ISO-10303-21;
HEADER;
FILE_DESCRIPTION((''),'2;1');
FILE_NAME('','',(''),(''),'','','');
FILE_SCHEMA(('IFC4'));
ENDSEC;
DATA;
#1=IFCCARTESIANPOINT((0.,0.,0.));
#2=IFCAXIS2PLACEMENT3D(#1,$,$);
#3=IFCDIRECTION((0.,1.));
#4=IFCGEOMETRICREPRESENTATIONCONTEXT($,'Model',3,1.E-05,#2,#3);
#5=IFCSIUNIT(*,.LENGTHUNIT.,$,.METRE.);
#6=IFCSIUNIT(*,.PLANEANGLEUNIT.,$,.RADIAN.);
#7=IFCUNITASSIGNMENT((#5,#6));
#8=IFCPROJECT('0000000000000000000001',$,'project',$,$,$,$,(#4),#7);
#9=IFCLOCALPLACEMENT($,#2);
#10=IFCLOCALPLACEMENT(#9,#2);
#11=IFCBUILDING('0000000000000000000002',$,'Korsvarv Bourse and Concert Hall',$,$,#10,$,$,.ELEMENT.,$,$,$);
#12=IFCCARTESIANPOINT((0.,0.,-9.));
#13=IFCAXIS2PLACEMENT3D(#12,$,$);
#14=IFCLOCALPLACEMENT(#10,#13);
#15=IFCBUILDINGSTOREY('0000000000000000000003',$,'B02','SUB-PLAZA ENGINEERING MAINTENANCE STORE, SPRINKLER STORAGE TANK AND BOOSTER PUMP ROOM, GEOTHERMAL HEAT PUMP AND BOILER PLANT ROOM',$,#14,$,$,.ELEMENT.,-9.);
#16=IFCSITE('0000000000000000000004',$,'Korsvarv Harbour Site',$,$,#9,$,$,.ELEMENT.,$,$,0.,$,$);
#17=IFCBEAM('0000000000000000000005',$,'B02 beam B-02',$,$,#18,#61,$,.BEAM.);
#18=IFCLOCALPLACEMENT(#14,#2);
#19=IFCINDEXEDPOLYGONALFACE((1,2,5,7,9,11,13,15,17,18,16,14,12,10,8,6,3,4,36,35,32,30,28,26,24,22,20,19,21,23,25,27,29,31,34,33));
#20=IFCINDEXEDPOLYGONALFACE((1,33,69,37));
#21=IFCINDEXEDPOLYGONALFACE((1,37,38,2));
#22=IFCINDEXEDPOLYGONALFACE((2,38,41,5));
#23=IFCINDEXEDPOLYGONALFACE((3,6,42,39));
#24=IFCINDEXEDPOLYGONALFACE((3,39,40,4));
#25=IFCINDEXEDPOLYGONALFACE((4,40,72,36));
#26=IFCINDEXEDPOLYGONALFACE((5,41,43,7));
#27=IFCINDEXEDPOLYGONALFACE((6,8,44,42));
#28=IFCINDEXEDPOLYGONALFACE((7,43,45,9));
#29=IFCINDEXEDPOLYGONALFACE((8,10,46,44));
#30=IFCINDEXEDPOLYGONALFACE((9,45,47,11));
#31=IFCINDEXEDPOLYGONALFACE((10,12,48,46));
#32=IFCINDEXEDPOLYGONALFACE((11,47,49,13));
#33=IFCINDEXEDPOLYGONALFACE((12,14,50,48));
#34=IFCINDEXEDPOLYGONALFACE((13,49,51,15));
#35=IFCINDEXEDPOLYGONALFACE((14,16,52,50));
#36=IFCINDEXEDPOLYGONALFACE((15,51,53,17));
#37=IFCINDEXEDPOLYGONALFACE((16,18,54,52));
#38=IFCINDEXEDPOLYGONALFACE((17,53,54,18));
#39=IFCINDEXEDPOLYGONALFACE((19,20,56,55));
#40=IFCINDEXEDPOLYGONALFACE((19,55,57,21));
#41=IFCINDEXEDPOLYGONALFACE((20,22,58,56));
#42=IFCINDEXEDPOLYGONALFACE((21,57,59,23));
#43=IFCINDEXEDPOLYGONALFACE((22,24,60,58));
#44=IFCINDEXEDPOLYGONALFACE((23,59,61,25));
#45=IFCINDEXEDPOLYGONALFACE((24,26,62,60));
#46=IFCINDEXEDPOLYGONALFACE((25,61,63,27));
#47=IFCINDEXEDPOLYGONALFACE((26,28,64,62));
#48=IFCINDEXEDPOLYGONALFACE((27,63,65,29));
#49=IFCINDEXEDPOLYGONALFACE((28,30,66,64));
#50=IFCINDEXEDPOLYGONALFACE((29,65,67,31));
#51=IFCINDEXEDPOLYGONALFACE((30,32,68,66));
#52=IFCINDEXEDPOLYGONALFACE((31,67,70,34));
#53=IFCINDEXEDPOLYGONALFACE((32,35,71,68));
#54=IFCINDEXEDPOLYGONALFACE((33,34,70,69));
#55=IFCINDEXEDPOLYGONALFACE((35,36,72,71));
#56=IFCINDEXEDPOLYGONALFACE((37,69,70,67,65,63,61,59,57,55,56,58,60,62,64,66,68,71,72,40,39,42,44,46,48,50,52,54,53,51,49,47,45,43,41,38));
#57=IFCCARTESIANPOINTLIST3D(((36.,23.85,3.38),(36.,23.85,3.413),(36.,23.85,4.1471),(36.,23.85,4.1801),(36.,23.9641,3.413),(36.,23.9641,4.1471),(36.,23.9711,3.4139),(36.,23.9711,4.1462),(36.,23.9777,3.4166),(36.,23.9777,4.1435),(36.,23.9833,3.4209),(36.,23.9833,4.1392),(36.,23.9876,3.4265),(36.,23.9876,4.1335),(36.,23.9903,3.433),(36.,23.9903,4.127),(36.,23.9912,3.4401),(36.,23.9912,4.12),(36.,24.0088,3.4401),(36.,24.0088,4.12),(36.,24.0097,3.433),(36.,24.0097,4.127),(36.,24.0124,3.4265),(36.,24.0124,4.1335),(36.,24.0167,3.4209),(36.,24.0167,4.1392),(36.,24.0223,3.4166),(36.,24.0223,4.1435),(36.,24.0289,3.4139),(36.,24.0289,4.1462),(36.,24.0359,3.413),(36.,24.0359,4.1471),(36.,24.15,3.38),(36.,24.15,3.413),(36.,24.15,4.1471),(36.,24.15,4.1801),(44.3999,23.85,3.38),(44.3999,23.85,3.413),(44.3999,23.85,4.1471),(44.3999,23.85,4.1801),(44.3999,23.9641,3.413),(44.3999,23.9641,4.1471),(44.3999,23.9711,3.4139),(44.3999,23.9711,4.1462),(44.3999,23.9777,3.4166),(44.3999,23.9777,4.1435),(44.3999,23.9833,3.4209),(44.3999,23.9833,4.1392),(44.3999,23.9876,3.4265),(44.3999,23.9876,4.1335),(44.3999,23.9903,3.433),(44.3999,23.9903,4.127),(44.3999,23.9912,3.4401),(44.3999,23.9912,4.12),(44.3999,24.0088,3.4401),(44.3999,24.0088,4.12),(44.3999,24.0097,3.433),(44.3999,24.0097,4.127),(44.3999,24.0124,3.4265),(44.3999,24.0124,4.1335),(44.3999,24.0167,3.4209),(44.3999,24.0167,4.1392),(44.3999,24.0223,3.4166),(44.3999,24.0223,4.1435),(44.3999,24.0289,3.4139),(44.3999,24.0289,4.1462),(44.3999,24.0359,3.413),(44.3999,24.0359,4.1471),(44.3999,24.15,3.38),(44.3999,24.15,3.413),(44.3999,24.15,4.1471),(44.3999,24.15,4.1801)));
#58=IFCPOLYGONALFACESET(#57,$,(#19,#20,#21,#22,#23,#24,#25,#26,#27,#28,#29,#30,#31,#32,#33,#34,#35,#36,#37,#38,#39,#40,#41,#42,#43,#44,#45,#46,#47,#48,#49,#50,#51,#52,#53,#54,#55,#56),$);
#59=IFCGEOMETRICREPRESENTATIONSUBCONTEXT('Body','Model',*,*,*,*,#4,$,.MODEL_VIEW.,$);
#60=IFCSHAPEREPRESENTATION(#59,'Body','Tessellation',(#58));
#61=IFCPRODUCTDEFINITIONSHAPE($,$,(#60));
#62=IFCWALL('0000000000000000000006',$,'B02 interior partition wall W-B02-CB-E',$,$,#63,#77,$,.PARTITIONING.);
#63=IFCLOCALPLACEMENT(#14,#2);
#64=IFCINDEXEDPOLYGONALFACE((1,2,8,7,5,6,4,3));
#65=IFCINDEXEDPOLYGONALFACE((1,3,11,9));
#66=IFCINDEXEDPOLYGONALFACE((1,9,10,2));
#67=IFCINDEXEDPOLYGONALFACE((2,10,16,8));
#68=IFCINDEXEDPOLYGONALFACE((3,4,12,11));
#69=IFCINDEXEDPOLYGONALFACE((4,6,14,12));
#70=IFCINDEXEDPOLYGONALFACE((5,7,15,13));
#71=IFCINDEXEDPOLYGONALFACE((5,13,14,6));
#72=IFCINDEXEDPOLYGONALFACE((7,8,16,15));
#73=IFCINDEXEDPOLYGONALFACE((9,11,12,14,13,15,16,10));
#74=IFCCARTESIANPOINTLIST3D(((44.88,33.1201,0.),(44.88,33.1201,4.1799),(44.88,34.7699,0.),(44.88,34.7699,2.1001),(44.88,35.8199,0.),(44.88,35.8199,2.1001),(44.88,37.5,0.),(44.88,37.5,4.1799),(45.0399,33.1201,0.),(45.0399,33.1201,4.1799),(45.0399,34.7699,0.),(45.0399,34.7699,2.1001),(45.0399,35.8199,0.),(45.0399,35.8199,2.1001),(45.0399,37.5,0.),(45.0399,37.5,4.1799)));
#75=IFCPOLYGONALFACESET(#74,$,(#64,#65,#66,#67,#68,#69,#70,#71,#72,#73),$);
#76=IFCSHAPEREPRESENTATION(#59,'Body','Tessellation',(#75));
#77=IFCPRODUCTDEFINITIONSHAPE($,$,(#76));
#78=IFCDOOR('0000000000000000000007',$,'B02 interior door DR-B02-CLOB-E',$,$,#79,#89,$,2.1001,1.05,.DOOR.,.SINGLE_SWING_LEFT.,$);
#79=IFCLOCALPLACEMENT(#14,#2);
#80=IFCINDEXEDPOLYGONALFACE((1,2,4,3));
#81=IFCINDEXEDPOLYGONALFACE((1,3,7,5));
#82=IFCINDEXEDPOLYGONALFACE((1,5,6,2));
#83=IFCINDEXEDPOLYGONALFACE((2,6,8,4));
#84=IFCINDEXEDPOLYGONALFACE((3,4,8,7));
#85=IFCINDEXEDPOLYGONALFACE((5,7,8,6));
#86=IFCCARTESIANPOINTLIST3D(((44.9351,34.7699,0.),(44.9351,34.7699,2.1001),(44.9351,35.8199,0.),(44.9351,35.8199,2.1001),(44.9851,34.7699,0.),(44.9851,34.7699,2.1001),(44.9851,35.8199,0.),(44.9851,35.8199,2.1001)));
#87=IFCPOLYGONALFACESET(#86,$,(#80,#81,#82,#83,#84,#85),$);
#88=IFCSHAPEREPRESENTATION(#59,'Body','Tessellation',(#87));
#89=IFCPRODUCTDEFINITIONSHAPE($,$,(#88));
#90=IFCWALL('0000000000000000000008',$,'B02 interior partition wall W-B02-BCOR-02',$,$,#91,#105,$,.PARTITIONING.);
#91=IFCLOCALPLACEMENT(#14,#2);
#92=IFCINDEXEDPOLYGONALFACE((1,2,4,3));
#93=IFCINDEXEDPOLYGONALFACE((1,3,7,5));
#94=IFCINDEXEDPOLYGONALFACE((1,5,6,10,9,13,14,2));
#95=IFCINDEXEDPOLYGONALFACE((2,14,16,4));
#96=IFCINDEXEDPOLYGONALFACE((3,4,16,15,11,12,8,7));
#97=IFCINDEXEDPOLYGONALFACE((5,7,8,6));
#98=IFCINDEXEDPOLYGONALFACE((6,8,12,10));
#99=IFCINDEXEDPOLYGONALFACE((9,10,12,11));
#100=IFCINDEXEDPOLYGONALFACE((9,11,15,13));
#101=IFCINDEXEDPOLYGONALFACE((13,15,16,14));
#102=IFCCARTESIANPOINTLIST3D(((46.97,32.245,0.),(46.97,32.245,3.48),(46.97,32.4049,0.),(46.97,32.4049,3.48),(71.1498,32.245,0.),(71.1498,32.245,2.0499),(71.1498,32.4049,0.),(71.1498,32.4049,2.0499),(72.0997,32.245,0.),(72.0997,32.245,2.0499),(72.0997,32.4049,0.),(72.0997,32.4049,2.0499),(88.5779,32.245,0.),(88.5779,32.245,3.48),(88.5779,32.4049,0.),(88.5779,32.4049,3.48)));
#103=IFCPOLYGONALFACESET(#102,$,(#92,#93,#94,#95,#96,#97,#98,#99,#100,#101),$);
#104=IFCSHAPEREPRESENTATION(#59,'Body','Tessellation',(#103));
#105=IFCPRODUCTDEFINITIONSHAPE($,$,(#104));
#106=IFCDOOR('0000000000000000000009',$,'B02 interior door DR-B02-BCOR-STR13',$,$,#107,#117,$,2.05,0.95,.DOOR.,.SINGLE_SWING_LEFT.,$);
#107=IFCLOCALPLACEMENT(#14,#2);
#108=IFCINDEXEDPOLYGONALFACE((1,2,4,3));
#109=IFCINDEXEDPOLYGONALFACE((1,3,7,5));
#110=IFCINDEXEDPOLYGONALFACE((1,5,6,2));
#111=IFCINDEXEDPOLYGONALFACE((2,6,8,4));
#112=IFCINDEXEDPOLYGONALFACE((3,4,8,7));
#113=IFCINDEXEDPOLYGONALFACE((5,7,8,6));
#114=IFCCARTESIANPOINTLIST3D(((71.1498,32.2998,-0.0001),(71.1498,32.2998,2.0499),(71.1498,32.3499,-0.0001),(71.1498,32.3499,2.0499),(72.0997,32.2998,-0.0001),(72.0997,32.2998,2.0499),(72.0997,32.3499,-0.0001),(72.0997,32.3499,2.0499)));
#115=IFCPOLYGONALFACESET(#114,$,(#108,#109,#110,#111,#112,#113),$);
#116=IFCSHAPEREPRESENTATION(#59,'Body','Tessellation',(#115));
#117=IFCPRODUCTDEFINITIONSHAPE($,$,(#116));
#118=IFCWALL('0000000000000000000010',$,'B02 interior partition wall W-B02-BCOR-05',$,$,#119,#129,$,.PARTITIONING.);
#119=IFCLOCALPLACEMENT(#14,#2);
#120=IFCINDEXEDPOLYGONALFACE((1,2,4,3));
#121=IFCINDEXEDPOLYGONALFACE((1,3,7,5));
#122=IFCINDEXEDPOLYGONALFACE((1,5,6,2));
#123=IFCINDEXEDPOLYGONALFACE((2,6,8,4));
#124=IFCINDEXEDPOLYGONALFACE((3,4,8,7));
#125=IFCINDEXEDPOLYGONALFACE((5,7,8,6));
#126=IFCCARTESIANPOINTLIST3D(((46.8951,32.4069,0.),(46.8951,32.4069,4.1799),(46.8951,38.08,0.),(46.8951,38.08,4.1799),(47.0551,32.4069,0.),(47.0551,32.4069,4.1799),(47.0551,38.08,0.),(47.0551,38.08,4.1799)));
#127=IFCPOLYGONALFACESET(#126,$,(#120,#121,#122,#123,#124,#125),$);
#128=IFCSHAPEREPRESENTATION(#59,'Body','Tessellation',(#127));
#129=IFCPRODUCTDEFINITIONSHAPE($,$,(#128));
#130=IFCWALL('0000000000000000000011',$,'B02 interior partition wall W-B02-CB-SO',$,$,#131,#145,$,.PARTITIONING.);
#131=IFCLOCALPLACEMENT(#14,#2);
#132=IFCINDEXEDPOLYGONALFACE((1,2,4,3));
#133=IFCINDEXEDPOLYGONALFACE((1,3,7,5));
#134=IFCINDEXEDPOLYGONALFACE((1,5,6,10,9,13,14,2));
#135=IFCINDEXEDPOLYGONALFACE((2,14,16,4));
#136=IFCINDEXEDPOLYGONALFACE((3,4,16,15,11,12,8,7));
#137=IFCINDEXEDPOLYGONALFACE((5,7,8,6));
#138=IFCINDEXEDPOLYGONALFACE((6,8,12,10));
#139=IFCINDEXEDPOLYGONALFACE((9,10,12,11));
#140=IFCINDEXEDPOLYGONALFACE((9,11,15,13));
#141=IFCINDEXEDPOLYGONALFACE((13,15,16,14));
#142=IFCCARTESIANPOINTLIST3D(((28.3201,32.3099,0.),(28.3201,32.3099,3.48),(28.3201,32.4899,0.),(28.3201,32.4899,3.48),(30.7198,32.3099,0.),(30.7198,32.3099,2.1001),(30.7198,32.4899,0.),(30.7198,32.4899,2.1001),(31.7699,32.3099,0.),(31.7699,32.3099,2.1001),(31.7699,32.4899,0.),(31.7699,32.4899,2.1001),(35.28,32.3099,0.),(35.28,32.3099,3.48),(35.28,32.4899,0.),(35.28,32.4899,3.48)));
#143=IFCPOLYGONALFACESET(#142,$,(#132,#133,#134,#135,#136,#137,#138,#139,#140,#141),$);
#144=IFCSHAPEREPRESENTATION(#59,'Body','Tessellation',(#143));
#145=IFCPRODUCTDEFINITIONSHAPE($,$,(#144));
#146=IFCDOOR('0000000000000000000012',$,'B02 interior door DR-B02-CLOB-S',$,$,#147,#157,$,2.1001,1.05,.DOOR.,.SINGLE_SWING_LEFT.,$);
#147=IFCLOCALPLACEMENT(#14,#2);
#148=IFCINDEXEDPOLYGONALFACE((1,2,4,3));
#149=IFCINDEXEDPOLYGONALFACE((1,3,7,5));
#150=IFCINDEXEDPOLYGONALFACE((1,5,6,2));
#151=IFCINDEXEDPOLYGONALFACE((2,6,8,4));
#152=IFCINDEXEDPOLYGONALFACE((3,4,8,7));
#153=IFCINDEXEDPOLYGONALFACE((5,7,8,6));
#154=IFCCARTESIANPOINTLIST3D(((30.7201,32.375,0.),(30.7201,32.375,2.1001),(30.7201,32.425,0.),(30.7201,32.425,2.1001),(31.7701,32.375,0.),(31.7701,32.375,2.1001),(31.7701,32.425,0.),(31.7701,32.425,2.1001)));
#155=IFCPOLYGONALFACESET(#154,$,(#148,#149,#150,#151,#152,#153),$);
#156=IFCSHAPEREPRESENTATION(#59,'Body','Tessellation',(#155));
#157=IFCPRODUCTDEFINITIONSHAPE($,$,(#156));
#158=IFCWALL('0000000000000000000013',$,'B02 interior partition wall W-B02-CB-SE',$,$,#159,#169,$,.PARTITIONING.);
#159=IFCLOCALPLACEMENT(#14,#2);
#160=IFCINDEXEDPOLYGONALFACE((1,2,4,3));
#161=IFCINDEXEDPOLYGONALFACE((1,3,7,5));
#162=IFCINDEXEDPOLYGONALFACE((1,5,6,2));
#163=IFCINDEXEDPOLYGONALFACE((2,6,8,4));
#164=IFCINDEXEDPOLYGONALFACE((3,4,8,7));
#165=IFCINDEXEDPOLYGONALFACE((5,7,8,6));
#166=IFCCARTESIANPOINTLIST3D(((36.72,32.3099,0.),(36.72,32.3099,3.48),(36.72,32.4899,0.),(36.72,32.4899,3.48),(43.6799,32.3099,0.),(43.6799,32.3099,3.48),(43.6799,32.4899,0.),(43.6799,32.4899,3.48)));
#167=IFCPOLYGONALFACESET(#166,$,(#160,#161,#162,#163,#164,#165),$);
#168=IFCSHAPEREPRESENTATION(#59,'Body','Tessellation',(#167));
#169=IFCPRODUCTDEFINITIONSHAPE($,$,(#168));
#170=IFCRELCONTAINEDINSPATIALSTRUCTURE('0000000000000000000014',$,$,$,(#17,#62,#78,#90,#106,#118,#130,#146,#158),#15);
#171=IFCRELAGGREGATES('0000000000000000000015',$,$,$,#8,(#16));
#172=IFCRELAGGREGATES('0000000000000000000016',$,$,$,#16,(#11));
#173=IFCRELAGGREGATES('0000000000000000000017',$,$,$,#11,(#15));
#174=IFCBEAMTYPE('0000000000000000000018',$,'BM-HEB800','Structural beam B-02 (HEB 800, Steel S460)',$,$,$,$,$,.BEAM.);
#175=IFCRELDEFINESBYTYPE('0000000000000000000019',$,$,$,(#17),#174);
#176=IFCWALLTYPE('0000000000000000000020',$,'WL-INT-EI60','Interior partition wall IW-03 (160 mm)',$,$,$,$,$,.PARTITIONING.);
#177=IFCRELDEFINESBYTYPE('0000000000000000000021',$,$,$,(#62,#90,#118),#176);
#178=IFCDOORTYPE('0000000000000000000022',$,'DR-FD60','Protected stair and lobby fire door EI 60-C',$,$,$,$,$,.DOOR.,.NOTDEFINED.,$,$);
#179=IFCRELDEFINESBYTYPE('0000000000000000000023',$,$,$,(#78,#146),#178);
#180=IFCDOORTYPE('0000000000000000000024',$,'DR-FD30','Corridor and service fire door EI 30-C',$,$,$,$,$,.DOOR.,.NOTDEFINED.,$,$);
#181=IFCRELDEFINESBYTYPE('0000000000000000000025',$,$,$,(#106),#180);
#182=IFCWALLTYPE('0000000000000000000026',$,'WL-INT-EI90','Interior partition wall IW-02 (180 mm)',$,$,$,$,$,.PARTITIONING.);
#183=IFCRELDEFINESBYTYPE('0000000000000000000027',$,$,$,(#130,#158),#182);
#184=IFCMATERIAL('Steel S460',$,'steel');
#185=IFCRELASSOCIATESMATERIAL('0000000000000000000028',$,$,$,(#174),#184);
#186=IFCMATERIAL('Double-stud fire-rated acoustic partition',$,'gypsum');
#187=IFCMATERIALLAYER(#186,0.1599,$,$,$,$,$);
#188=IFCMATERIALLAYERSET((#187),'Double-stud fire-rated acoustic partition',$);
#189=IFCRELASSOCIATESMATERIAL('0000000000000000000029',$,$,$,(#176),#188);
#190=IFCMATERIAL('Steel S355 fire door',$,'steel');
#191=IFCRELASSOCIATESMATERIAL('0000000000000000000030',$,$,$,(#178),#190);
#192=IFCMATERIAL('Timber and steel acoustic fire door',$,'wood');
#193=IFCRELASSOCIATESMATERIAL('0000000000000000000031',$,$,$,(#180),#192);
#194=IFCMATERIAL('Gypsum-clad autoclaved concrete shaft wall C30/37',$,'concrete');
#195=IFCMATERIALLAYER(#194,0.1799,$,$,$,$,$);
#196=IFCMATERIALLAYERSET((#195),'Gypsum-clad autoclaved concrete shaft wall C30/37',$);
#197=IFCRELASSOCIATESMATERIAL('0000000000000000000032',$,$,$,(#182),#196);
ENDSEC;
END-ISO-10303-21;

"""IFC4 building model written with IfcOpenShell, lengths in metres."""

from ifc_helpers import new_model, si_unit, direction, frame, frame_2d, origin, origin_2d, place, context, subcontext, project, spatial, rectangle, i_section, extrude, source, transform, mapped, material, layer, layer_set, material_profile, profile_set, type_object, element, fill, save


model = new_model("IFC4")

# Units and contexts
model_context = context("Model", 3, precision=1e-05, world=origin(), true_north=direction((0.0, 1.0)))
body_context = subcontext(model_context, "Body", "Model", "MODEL_VIEW")
ifc_project = project(units=[si_unit("LENGTHUNIT", "METRE"), si_unit("PLANEANGLEUNIT", "RADIAN")], contexts=[model_context])

# Site, building, storey
site_placement = place(None, origin())
site = spatial("IfcSite", under=ifc_project, at=site_placement, Name="Korsvarv Harbour Site", CompositionType="ELEMENT", RefElevation=0.0)
building_placement = place(site_placement, origin())
building = spatial("IfcBuilding", under=site, at=building_placement, Name="Korsvarv Bourse and Concert Hall", CompositionType="ELEMENT")
storey_placement = place(building_placement, frame((0.0, 0.0, -9.0)))
storey = spatial("IfcBuildingStorey", under=building, at=storey_placement, Name="B02", Description="SUB-PLAZA ENGINEERING MAINTENANCE STORE, SPRINKLER STORAGE TANK AND BOOSTER PUMP ROOM, GEOTHERMAL HEAT PUMP AND BOILER PLANT ROOM", CompositionType="ELEMENT", Elevation=-9.0)

# Shared definitions
ifc_material_1 = material(Name="Steel S460", Category="steel")

# Beam
ifc_material_profile_1 = material_profile(ifc_material_1, i_section(OverallWidth=0.3, OverallDepth=0.8, WebThickness=0.0176, FlangeThickness=0.033, FilletRadius=0.0271, at=origin_2d()), Name="HEB 800")
ifc_profile_set_1 = profile_set([ifc_material_profile_1], Name="Steel S460")
beam_type_1 = type_object("IfcBeamType", Name="BM-HEB800", Description="Structural beam B-02 (HEB 800, Steel S460)", PredefinedType="BEAM", material=ifc_profile_set_1)
shared_shape_1 = source(origin(), body_context, "Body", "SweptSolid", [
    extrude(i_section(OverallWidth=0.3, OverallDepth=0.8, WebThickness=0.0176, FlangeThickness=0.033, FilletRadius=0.0271, at=origin_2d()), origin(), (0.0, 0.0, 1.0), 8.3999),
])
beam_1_placement = place(storey_placement, frame((36.0, 24.0, 3.78), z_axis=(1.0, 0.0, 0.0), x_axis=(0.0, 1.0, 0.0)))
element("IfcBeam", 1, at=beam_1_placement, inside=storey, type_object=beam_type_1, Name="B02 beam B-02", PredefinedType="BEAM", context=body_context, shape_type="MappedRepresentation", body=[
    mapped(shared_shape_1, transform((0.0, 0.0, 0.0), scale=1.0)),
])

# Walls, openings, doors
ifc_material_2 = material(Name="Double-stud fire-rated acoustic partition", Category="gypsum")
ifc_layer_1 = layer(ifc_material_2, 0.1599)
ifc_layer_set_1 = layer_set([ifc_layer_1], Name="Double-stud fire-rated acoustic partition")
wall_type_1 = type_object("IfcWallType", Name="WL-INT-EI60", Description="Interior partition wall IW-03 (160 mm)", PredefinedType="PARTITIONING", material=ifc_layer_set_1)
wall_1_placement = place(storey_placement, frame((44.96, 33.1201, 0.0), z_axis=(0.0, 0.0, 1.0), x_axis=(0.0, 1.0, 0.0)))
wall_1 = element("IfcWall", 2, at=wall_1_placement, inside=storey, type_object=wall_type_1, Name="B02 interior partition wall W-B02-CB-E", PredefinedType="PARTITIONING", context=body_context, shape_type="SweptSolid", body=[
    extrude(rectangle(XDim=4.3799, YDim=0.1599, at=frame_2d((2.1899, 0.0))), origin(), (0.0, 0.0, 1.0), 4.1799),
])
opening_1_placement = place(wall_1_placement, frame((1.6499, 0.0, 0.0)))
opening_1 = element("IfcOpeningElement", 3, at=opening_1_placement, cuts=wall_1, PredefinedType="OPENING", context=body_context, shape_type="SweptSolid", body=[
    extrude(rectangle(XDim=1.05, YDim=2.1001, at=frame_2d((0.5249, 1.05))), frame((0.0, 0.0898, 0.0), z_axis=(0.0, -1.0, 0.0), x_axis=(1.0, 0.0, 0.0)), (0.0, 0.0, 1.0), 0.1799),
])
ifc_material_3 = material(Name="Steel S355 fire door", Category="steel")
door_type_1 = type_object("IfcDoorType", Name="DR-FD60", Description="Protected stair and lobby fire door EI 60-C", OperationType="NOTDEFINED", PredefinedType="DOOR", material=ifc_material_3)
door_1_placement = place(opening_1_placement, origin())
door_1 = element("IfcDoor", 4, at=door_1_placement, inside=storey, type_object=door_type_1, Name="B02 interior door DR-B02-CLOB-E", OperationType="SINGLE_SWING_LEFT", OverallHeight=2.1001, OverallWidth=1.05, PredefinedType="DOOR", context=body_context, shape_type="SweptSolid", body=[
    extrude(rectangle(XDim=1.05, YDim=2.1001, at=frame_2d((0.5249, 1.05))), frame((0.0, 0.0249, 0.0), z_axis=(0.0, -1.0, 0.0), x_axis=(1.0, 0.0, 0.0)), (0.0, 0.0, 1.0), 0.05),
])
fill(opening_1, door_1)
wall_2_placement = place(storey_placement, frame((46.97, 32.325, 0.0), z_axis=(0.0, 0.0, 1.0), x_axis=(1.0, 0.0, 0.0)))
wall_2 = element("IfcWall", 5, at=wall_2_placement, inside=storey, type_object=wall_type_1, Name="B02 interior partition wall W-B02-BCOR-02", PredefinedType="PARTITIONING", context=body_context, shape_type="SweptSolid", body=[
    extrude(rectangle(XDim=41.6079, YDim=0.1599, at=frame_2d((20.804, 0.0))), origin(), (0.0, 0.0, 1.0), 3.48),
])
opening_2_placement = place(wall_2_placement, frame((24.1797, 0.0, 0.0)))
opening_2 = element("IfcOpeningElement", 6, at=opening_2_placement, cuts=wall_2, PredefinedType="OPENING", context=body_context, shape_type="SweptSolid", body=[
    extrude(rectangle(XDim=0.95, YDim=2.05, at=frame_2d((0.4751, 1.0249))), frame((0.0, 0.0898, 0.0), z_axis=(0.0, -1.0, 0.0), x_axis=(1.0, 0.0, 0.0)), (0.0, 0.0, 1.0), 0.1799),
])
ifc_material_4 = material(Name="Timber and steel acoustic fire door", Category="wood")
door_type_2 = type_object("IfcDoorType", Name="DR-FD30", Description="Corridor and service fire door EI 30-C", OperationType="NOTDEFINED", PredefinedType="DOOR", material=ifc_material_4)
door_2_placement = place(opening_2_placement, origin())
door_2 = element("IfcDoor", 7, at=door_2_placement, inside=storey, type_object=door_type_2, Name="B02 interior door DR-B02-BCOR-STR13", OperationType="SINGLE_SWING_LEFT", OverallHeight=2.05, OverallWidth=0.95, PredefinedType="DOOR", context=body_context, shape_type="SweptSolid", body=[
    extrude(rectangle(XDim=0.95, YDim=2.05, at=frame_2d((0.4751, 1.0249))), frame((0.0, 0.0249, 0.0), z_axis=(0.0, -1.0, 0.0), x_axis=(1.0, 0.0, 0.0)), (0.0, 0.0, 1.0), 0.05),
])
fill(opening_2, door_2)

# Wall
wall_3_placement = place(storey_placement, frame((46.9751, 32.407, 0.0), z_axis=(0.0, 0.0, 1.0), x_axis=(0.0, 1.0, 0.0)))
element("IfcWall", 8, at=wall_3_placement, inside=storey, type_object=wall_type_1, Name="B02 interior partition wall W-B02-BCOR-05", PredefinedType="PARTITIONING", context=body_context, shape_type="SweptSolid", body=[
    extrude(rectangle(XDim=5.6731, YDim=0.1599, at=frame_2d((2.8364, 0.0))), origin(), (0.0, 0.0, 1.0), 4.1799),
])

# Wall, opening, door
ifc_material_5 = material(Name="Gypsum-clad autoclaved concrete shaft wall C30/37", Category="concrete")
ifc_layer_2 = layer(ifc_material_5, 0.1799)
ifc_layer_set_2 = layer_set([ifc_layer_2], Name="Gypsum-clad autoclaved concrete shaft wall C30/37")
wall_type_2 = type_object("IfcWallType", Name="WL-INT-EI90", Description="Interior partition wall IW-02 (180 mm)", PredefinedType="PARTITIONING", material=ifc_layer_set_2)
wall_4_placement = place(storey_placement, frame((28.3201, 32.3999, 0.0), z_axis=(0.0, 0.0, 1.0), x_axis=(1.0, 0.0, 0.0)))
wall_4 = element("IfcWall", 9, at=wall_4_placement, inside=storey, type_object=wall_type_2, Name="B02 interior partition wall W-B02-CB-SO", PredefinedType="PARTITIONING", context=body_context, shape_type="SweptSolid", body=[
    extrude(rectangle(XDim=6.96, YDim=0.1799, at=frame_2d((3.48, 0.0))), origin(), (0.0, 0.0, 1.0), 3.48),
])
opening_3_placement = place(wall_4_placement, frame((2.3999, 0.0, 0.0)))
opening_3 = element("IfcOpeningElement", 10, at=opening_3_placement, cuts=wall_4, PredefinedType="OPENING", context=body_context, shape_type="SweptSolid", body=[
    extrude(rectangle(XDim=1.05, YDim=2.1001, at=frame_2d((0.5249, 1.05))), frame((0.0, 0.1001, 0.0), z_axis=(0.0, -1.0, 0.0), x_axis=(1.0, 0.0, 0.0)), (0.0, 0.0, 1.0), 0.2),
])
door_3_placement = place(opening_3_placement, frame((1.05, 0.0, 0.0), z_axis=(0.0, 0.0, 1.0), x_axis=(-1.0, 0.0, 0.0)))
door_3 = element("IfcDoor", 11, at=door_3_placement, inside=storey, type_object=door_type_1, Name="B02 interior door DR-B02-CLOB-S", OperationType="SINGLE_SWING_LEFT", OverallHeight=2.1001, OverallWidth=1.05, PredefinedType="DOOR", context=body_context, shape_type="SweptSolid", body=[
    extrude(rectangle(XDim=1.05, YDim=2.1001, at=frame_2d((0.5249, 1.05))), frame((0.0, 0.0249, 0.0), z_axis=(0.0, -1.0, 0.0), x_axis=(1.0, 0.0, 0.0)), (0.0, 0.0, 1.0), 0.05),
])
fill(opening_3, door_3)

# Wall
wall_5_placement = place(storey_placement, frame((36.72, 32.3999, 0.0), z_axis=(0.0, 0.0, 1.0), x_axis=(1.0, 0.0, 0.0)))
element("IfcWall", 12, at=wall_5_placement, inside=storey, type_object=wall_type_2, Name="B02 interior partition wall W-B02-CB-SE", PredefinedType="PARTITIONING", context=body_context, shape_type="SweptSolid", body=[
    extrude(rectangle(XDim=6.96, YDim=0.1799, at=frame_2d((3.48, 0.0))), origin(), (0.0, 0.0, 1.0), 3.48),
])

save(model, "model.ifc")
